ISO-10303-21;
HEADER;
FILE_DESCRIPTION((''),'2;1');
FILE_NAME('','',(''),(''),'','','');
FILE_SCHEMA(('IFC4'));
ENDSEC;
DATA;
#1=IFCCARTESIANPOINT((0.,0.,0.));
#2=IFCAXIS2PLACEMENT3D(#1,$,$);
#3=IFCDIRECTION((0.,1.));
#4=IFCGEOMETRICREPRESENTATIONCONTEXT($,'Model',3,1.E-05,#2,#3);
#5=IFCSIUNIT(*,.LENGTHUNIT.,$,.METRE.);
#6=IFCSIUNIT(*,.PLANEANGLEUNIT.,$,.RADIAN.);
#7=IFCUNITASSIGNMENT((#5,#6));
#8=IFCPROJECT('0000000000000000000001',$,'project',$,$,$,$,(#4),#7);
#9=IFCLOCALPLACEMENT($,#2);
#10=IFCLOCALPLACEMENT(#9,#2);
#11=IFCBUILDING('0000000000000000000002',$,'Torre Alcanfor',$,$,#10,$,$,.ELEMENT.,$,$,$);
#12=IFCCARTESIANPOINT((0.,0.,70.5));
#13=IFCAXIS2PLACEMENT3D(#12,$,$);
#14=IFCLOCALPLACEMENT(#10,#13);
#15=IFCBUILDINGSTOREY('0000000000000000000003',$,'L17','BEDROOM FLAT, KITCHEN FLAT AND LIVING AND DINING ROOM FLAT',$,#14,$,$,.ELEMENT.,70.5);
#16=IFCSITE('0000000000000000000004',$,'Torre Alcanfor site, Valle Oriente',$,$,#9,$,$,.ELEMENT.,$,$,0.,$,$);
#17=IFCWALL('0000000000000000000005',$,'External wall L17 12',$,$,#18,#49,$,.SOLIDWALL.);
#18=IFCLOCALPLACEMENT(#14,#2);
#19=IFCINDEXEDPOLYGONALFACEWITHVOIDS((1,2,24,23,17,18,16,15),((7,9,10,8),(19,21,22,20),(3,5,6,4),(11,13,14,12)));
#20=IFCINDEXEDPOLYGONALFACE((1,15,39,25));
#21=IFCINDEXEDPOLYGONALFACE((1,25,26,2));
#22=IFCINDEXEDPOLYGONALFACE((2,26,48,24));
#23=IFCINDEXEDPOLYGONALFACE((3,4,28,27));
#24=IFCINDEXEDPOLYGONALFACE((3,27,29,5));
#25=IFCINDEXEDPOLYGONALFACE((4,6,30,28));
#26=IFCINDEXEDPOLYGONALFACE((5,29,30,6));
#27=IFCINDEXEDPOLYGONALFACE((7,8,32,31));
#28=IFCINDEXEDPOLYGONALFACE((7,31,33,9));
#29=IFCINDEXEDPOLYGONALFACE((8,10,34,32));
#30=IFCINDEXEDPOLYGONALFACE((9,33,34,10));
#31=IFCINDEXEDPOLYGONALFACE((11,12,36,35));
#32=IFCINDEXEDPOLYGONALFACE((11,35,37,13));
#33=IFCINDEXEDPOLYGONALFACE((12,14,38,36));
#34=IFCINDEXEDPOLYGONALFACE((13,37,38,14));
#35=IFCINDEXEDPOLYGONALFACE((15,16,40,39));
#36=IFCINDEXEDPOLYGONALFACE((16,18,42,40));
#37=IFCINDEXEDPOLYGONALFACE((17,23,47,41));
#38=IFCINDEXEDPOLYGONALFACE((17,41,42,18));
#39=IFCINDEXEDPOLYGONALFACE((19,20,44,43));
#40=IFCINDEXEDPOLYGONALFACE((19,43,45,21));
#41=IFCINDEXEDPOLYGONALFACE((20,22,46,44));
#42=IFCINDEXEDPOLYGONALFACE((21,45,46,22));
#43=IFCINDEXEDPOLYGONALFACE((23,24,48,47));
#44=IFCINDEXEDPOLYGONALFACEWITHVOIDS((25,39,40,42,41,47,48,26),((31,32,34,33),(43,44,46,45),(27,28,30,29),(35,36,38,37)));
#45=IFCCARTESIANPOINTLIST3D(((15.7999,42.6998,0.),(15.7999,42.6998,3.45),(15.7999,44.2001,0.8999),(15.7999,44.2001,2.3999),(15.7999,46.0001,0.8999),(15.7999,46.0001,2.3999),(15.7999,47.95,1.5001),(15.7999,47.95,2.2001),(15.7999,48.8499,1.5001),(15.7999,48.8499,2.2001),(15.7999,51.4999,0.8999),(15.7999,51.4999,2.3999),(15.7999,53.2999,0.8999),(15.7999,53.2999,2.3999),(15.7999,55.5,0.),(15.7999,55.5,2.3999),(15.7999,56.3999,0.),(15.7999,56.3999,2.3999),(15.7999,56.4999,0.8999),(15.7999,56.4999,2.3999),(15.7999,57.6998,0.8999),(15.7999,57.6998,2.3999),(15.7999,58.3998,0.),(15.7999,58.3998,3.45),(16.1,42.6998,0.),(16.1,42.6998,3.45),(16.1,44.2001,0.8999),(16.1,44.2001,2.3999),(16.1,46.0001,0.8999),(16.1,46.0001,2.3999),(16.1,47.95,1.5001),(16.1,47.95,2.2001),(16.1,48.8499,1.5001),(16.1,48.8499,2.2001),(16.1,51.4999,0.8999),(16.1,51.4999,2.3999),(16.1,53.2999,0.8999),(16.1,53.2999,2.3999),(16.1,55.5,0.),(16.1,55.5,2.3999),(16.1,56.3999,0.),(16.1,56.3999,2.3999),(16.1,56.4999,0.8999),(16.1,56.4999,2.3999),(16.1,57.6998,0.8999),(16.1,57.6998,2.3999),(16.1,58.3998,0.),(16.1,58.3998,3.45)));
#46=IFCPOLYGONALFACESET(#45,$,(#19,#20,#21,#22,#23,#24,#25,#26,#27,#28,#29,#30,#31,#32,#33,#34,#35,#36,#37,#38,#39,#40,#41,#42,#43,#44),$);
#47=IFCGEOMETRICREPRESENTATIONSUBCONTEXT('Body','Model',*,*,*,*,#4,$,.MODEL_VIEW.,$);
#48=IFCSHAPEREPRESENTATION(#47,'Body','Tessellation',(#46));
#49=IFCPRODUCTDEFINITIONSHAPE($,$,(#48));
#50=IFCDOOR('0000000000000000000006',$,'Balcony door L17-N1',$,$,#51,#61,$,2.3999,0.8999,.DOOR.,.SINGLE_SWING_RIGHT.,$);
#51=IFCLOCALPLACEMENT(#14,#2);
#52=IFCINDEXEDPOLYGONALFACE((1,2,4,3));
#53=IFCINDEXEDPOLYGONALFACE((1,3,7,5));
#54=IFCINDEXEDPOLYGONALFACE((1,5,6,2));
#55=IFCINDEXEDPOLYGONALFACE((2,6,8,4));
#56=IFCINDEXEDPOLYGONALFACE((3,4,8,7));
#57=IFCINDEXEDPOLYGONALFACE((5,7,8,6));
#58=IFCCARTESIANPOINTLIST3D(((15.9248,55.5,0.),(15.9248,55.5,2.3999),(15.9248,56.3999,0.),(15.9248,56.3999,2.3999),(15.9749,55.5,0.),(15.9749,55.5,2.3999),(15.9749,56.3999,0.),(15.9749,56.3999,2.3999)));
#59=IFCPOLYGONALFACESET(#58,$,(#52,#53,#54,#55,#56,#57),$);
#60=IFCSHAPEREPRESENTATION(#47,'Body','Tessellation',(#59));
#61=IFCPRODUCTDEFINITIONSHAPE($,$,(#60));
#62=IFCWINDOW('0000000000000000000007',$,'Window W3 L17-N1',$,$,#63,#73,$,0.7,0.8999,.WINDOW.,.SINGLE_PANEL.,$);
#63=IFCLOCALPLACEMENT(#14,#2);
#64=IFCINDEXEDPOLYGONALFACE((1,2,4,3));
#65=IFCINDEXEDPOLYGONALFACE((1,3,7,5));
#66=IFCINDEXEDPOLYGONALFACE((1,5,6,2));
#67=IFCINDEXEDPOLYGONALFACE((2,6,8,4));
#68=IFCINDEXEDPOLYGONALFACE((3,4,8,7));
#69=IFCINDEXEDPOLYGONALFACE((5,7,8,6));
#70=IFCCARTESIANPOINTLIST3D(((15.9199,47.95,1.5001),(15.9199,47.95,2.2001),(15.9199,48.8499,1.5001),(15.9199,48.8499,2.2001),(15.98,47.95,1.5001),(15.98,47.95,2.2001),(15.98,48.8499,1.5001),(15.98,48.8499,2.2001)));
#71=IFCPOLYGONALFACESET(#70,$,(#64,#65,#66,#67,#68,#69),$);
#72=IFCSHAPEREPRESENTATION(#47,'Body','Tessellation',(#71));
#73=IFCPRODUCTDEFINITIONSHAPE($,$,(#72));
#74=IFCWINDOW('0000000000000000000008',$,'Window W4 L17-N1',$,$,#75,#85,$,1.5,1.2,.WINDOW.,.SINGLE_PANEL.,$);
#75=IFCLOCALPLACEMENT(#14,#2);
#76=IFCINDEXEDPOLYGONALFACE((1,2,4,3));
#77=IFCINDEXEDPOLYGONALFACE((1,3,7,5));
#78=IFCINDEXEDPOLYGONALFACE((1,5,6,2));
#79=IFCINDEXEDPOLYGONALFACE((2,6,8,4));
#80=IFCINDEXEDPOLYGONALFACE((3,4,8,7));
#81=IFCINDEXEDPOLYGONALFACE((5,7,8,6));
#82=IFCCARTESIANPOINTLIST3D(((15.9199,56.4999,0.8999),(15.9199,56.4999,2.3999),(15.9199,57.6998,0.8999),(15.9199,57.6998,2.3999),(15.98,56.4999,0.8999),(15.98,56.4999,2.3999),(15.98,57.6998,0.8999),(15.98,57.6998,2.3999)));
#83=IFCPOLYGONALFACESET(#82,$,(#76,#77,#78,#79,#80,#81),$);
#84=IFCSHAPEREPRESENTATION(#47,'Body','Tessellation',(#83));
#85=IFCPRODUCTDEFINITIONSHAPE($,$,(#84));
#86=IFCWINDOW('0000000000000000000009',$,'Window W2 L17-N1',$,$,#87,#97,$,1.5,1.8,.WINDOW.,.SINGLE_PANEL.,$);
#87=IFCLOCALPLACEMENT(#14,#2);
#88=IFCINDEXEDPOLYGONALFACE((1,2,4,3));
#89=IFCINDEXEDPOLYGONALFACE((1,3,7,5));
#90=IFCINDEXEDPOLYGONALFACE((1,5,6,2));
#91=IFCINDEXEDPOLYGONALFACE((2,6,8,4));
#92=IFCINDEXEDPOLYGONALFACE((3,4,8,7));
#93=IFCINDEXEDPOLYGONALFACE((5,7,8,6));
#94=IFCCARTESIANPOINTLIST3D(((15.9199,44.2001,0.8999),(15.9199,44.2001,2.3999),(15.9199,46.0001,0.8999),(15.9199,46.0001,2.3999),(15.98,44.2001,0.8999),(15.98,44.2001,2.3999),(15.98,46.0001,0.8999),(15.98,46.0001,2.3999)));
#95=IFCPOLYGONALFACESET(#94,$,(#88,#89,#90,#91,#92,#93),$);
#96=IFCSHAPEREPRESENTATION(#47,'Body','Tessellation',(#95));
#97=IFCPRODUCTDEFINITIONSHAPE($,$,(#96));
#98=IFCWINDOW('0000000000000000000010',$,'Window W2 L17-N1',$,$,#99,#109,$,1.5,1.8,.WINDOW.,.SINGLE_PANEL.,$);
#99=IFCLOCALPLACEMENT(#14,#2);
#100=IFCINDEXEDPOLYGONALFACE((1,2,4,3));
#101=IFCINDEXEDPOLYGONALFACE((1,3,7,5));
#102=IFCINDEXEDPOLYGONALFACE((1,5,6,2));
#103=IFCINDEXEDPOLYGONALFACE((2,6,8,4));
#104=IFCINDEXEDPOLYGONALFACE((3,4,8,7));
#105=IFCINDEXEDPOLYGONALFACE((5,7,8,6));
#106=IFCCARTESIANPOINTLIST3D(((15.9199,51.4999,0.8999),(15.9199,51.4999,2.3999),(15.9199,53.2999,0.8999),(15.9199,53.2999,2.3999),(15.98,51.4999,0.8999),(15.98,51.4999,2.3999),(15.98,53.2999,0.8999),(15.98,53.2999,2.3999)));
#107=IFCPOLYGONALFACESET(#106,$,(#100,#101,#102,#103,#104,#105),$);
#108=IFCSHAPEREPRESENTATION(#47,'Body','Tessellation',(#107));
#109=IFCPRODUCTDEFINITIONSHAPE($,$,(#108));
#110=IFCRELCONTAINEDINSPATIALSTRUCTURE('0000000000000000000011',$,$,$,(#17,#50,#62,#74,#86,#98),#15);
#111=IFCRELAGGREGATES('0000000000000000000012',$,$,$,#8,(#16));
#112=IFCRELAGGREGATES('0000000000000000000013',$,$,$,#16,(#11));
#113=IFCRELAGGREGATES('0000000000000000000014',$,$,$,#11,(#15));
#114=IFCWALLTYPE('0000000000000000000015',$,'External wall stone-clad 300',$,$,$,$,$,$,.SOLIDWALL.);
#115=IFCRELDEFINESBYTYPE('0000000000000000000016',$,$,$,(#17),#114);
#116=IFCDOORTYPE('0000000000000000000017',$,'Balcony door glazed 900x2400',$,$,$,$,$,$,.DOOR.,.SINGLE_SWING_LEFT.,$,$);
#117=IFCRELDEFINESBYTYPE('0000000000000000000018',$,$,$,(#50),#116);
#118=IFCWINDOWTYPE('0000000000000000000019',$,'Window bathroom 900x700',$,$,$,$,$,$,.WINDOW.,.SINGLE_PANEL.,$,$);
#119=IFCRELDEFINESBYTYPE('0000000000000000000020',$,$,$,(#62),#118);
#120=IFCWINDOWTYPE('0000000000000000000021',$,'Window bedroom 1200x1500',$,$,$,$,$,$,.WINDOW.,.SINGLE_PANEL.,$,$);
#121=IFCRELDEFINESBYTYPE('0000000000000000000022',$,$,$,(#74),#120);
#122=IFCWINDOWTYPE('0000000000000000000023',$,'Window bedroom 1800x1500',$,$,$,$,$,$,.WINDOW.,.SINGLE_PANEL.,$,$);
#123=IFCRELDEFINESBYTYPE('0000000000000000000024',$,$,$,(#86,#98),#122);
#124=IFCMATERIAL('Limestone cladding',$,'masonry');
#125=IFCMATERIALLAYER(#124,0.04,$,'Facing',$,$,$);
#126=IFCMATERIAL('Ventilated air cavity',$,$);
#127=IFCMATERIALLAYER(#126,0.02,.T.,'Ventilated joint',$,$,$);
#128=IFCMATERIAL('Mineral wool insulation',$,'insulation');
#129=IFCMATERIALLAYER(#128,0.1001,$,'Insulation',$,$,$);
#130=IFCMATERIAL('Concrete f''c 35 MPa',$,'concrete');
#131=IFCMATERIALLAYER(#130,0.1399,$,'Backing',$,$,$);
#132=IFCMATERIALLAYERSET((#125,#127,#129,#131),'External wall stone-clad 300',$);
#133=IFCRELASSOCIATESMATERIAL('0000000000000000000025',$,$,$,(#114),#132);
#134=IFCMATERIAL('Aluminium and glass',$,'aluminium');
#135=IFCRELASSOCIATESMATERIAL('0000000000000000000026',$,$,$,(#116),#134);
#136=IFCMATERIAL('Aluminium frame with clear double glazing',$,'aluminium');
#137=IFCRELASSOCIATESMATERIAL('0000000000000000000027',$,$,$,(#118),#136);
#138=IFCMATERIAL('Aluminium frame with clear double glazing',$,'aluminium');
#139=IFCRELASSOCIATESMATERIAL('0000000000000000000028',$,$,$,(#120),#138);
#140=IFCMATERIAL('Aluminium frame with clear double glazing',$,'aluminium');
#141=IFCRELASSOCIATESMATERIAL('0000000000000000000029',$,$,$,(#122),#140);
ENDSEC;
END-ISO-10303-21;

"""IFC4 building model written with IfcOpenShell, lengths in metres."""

from ifc_helpers import new_model, si_unit, direction, frame, frame_2d, origin, place, context, subcontext, project, spatial, rectangle, extrude, material, layer, layer_set, type_object, element, fill, save


model = new_model("IFC4")

# Units and contexts
model_context = context("Model", 3, precision=1e-05, world=origin(), true_north=direction((0.0, 1.0)))
body_context = subcontext(model_context, "Body", "Model", "MODEL_VIEW")
ifc_project = project(units=[si_unit("LENGTHUNIT", "METRE"), si_unit("PLANEANGLEUNIT", "RADIAN")], contexts=[model_context])

# Site, building, storey
site_placement = place(None, origin())
site = spatial("IfcSite", under=ifc_project, at=site_placement, Name="Torre Alcanfor site, Valle Oriente", CompositionType="ELEMENT", RefElevation=0.0)
building_placement = place(site_placement, origin())
building = spatial("IfcBuilding", under=site, at=building_placement, Name="Torre Alcanfor", CompositionType="ELEMENT")
storey_placement = place(building_placement, frame((0.0, 0.0, 70.5)))
storey = spatial("IfcBuildingStorey", under=building, at=storey_placement, Name="L17", Description="BEDROOM FLAT, KITCHEN FLAT AND LIVING AND DINING ROOM FLAT", CompositionType="ELEMENT", Elevation=70.5)

# Wall, openings, door, windows
ifc_material_1 = material(Name="Limestone cladding", Category="masonry")
ifc_layer_1 = layer(ifc_material_1, 0.04, Name="Facing")
ifc_material_2 = material(Name="Ventilated air cavity")
ifc_layer_2 = layer(ifc_material_2, 0.02, ventilated=True, Name="Ventilated joint")
ifc_material_3 = material(Name="Mineral wool insulation", Category="insulation")
ifc_layer_3 = layer(ifc_material_3, 0.1001, Name="Insulation")
ifc_material_4 = material(Name="Concrete f'c 35 MPa", Category="concrete")
ifc_layer_4 = layer(ifc_material_4, 0.1399, Name="Backing")
ifc_layer_set_1 = layer_set([ifc_layer_1, ifc_layer_2, ifc_layer_3, ifc_layer_4], Name="External wall stone-clad 300")
wall_type_1 = type_object("IfcWallType", Name="External wall stone-clad 300", PredefinedType="SOLIDWALL", material=ifc_layer_set_1)
ifc_material_5 = material(Name="Aluminium and glass", Category="aluminium")
door_type = type_object("IfcDoorType", Name="Balcony door glazed 900x2400", OperationType="SINGLE_SWING_LEFT", PredefinedType="DOOR", material=ifc_material_5)
ifc_material_6 = material(Name="Aluminium frame with clear double glazing", Category="aluminium")
window_type_1 = type_object("IfcWindowType", Name="Window bathroom 900x700", PartitioningType="SINGLE_PANEL", PredefinedType="WINDOW", material=ifc_material_6)
ifc_material_7 = material(Name="Aluminium frame with clear double glazing", Category="aluminium")
window_type_2 = type_object("IfcWindowType", Name="Window bedroom 1200x1500", PartitioningType="SINGLE_PANEL", PredefinedType="WINDOW", material=ifc_material_7)
ifc_material_8 = material(Name="Aluminium frame with clear double glazing", Category="aluminium")
window_type_3 = type_object("IfcWindowType", Name="Window bedroom 1800x1500", PartitioningType="SINGLE_PANEL", PredefinedType="WINDOW", material=ifc_material_8)
wall_1_placement = place(storey_placement, frame((15.95, 58.3999, 0.0), z_axis=(0.0, 0.0, 1.0), x_axis=(0.0, -1.0, 0.0)))
wall_1 = element("IfcWall", 1, at=wall_1_placement, inside=storey, type_object=wall_type_1, Name="External wall L17 12", PredefinedType="SOLIDWALL", context=body_context, shape_type="SweptSolid", body=[
    extrude(rectangle(XDim=15.7, YDim=0.3, at=frame_2d((7.8501, 0.0))), origin(), (0.0, 0.0, 1.0), 3.45),
])
opening_1_placement = place(wall_1_placement, frame((12.3999, 0.0, 0.8999)))
opening_1 = element("IfcOpeningElement", 2, at=opening_1_placement, cuts=wall_1, PredefinedType="OPENING", context=body_context, shape_type="SweptSolid", body=[
    extrude(rectangle(XDim=1.8, YDim=1.5, at=frame_2d((0.8999, 0.75))), frame((0.0, 0.1599, 0.0), z_axis=(0.0, -1.0, 0.0), x_axis=(1.0, 0.0, 0.0)), (0.0, 0.0, 1.0), 0.3201),
])
opening_2_placement = place(wall_1_placement, frame((9.55, 0.0, 1.5)))
opening_2 = element("IfcOpeningElement", 3, at=opening_2_placement, cuts=wall_1, PredefinedType="OPENING", context=body_context, shape_type="SweptSolid", body=[
    extrude(rectangle(XDim=0.8999, YDim=0.7, at=frame_2d((0.45, 0.3501))), frame((0.0, 0.1599, 0.0), z_axis=(0.0, -1.0, 0.0), x_axis=(1.0, 0.0, 0.0)), (0.0, 0.0, 1.0), 0.3201),
])
opening_3_placement = place(wall_1_placement, frame((5.1001, 0.0, 0.8999)))
opening_3 = element("IfcOpeningElement", 4, at=opening_3_placement, cuts=wall_1, PredefinedType="OPENING", context=body_context, shape_type="SweptSolid", body=[
    extrude(rectangle(XDim=1.8, YDim=1.5, at=frame_2d((0.8999, 0.75))), frame((0.0, 0.1599, 0.0), z_axis=(0.0, -1.0, 0.0), x_axis=(1.0, 0.0, 0.0)), (0.0, 0.0, 1.0), 0.3201),
])
opening_4_placement = place(wall_1_placement, frame((2.0, 0.0, 0.0)))
opening_4 = element("IfcOpeningElement", 5, at=opening_4_placement, cuts=wall_1, PredefinedType="OPENING", context=body_context, shape_type="SweptSolid", body=[
    extrude(rectangle(XDim=0.8999, YDim=2.3999, at=frame_2d((0.45, 1.2))), frame((0.0, 0.1599, 0.0), z_axis=(0.0, -1.0, 0.0), x_axis=(1.0, 0.0, 0.0)), (0.0, 0.0, 1.0), 0.3201),
])
opening_5_placement = place(wall_1_placement, frame((0.7, 0.0, 0.8999)))
opening_5 = element("IfcOpeningElement", 6, at=opening_5_placement, cuts=wall_1, PredefinedType="OPENING", context=body_context, shape_type="SweptSolid", body=[
    extrude(rectangle(XDim=1.2, YDim=1.5, at=frame_2d((0.6001, 0.75))), frame((0.0, 0.1599, 0.0), z_axis=(0.0, -1.0, 0.0), x_axis=(1.0, 0.0, 0.0)), (0.0, 0.0, 1.0), 0.3201),
])
door_1_placement = place(opening_4_placement, origin())
door_1 = element("IfcDoor", 7, at=door_1_placement, inside=storey, type_object=door_type, Name="Balcony door L17-N1", OperationType="SINGLE_SWING_RIGHT", OverallHeight=2.3999, OverallWidth=0.8999, PredefinedType="DOOR", context=body_context, shape_type="SweptSolid", body=[
    extrude(rectangle(XDim=0.8999, YDim=2.3999, at=frame_2d((0.45, 1.2))), frame((0.0, 0.0249, 0.0), z_axis=(0.0, -1.0, 0.0), x_axis=(1.0, 0.0, 0.0)), (0.0, 0.0, 1.0), 0.05),
])
fill(opening_4, door_1)
window_1_placement = place(opening_2_placement, origin())
window_1 = element("IfcWindow", 8, at=window_1_placement, inside=storey, type_object=window_type_1, Name="Window W3 L17-N1", OverallHeight=0.7, OverallWidth=0.8999, PartitioningType="SINGLE_PANEL", PredefinedType="WINDOW", context=body_context, shape_type="SweptSolid", body=[
    extrude(rectangle(XDim=0.8999, YDim=0.7, at=frame_2d((0.45, 0.3501))), frame((0.0, 0.03, 0.0), z_axis=(0.0, -1.0, 0.0), x_axis=(1.0, 0.0, 0.0)), (0.0, 0.0, 1.0), 0.0601),
])
fill(opening_2, window_1)
window_2_placement = place(opening_5_placement, origin())
window_2 = element("IfcWindow", 9, at=window_2_placement, inside=storey, type_object=window_type_2, Name="Window W4 L17-N1", OverallHeight=1.5, OverallWidth=1.2, PartitioningType="SINGLE_PANEL", PredefinedType="WINDOW", context=body_context, shape_type="SweptSolid", body=[
    extrude(rectangle(XDim=1.2, YDim=1.5, at=frame_2d((0.6001, 0.75))), frame((0.0, 0.03, 0.0), z_axis=(0.0, -1.0, 0.0), x_axis=(1.0, 0.0, 0.0)), (0.0, 0.0, 1.0), 0.0601),
])
fill(opening_5, window_2)
window_3_placement = place(opening_1_placement, origin())
window_3 = element("IfcWindow", 10, at=window_3_placement, inside=storey, type_object=window_type_3, Name="Window W2 L17-N1", OverallHeight=1.5, OverallWidth=1.8, PartitioningType="SINGLE_PANEL", PredefinedType="WINDOW", context=body_context, shape_type="SweptSolid", body=[
    extrude(rectangle(XDim=1.8, YDim=1.5, at=frame_2d((0.8999, 0.75))), frame((0.0, 0.03, 0.0), z_axis=(0.0, -1.0, 0.0), x_axis=(1.0, 0.0, 0.0)), (0.0, 0.0, 1.0), 0.0601),
])
fill(opening_1, window_3)
window_4_placement = place(opening_3_placement, origin())
window_4 = element("IfcWindow", 11, at=window_4_placement, inside=storey, type_object=window_type_3, Name="Window W2 L17-N1", OverallHeight=1.5, OverallWidth=1.8, PartitioningType="SINGLE_PANEL", PredefinedType="WINDOW", context=body_context, shape_type="SweptSolid", body=[
    extrude(rectangle(XDim=1.8, YDim=1.5, at=frame_2d((0.8999, 0.75))), frame((0.0, 0.03, 0.0), z_axis=(0.0, -1.0, 0.0), x_axis=(1.0, 0.0, 0.0)), (0.0, 0.0, 1.0), 0.0601),
])
fill(opening_3, window_4)

save(model, "model.ifc")
